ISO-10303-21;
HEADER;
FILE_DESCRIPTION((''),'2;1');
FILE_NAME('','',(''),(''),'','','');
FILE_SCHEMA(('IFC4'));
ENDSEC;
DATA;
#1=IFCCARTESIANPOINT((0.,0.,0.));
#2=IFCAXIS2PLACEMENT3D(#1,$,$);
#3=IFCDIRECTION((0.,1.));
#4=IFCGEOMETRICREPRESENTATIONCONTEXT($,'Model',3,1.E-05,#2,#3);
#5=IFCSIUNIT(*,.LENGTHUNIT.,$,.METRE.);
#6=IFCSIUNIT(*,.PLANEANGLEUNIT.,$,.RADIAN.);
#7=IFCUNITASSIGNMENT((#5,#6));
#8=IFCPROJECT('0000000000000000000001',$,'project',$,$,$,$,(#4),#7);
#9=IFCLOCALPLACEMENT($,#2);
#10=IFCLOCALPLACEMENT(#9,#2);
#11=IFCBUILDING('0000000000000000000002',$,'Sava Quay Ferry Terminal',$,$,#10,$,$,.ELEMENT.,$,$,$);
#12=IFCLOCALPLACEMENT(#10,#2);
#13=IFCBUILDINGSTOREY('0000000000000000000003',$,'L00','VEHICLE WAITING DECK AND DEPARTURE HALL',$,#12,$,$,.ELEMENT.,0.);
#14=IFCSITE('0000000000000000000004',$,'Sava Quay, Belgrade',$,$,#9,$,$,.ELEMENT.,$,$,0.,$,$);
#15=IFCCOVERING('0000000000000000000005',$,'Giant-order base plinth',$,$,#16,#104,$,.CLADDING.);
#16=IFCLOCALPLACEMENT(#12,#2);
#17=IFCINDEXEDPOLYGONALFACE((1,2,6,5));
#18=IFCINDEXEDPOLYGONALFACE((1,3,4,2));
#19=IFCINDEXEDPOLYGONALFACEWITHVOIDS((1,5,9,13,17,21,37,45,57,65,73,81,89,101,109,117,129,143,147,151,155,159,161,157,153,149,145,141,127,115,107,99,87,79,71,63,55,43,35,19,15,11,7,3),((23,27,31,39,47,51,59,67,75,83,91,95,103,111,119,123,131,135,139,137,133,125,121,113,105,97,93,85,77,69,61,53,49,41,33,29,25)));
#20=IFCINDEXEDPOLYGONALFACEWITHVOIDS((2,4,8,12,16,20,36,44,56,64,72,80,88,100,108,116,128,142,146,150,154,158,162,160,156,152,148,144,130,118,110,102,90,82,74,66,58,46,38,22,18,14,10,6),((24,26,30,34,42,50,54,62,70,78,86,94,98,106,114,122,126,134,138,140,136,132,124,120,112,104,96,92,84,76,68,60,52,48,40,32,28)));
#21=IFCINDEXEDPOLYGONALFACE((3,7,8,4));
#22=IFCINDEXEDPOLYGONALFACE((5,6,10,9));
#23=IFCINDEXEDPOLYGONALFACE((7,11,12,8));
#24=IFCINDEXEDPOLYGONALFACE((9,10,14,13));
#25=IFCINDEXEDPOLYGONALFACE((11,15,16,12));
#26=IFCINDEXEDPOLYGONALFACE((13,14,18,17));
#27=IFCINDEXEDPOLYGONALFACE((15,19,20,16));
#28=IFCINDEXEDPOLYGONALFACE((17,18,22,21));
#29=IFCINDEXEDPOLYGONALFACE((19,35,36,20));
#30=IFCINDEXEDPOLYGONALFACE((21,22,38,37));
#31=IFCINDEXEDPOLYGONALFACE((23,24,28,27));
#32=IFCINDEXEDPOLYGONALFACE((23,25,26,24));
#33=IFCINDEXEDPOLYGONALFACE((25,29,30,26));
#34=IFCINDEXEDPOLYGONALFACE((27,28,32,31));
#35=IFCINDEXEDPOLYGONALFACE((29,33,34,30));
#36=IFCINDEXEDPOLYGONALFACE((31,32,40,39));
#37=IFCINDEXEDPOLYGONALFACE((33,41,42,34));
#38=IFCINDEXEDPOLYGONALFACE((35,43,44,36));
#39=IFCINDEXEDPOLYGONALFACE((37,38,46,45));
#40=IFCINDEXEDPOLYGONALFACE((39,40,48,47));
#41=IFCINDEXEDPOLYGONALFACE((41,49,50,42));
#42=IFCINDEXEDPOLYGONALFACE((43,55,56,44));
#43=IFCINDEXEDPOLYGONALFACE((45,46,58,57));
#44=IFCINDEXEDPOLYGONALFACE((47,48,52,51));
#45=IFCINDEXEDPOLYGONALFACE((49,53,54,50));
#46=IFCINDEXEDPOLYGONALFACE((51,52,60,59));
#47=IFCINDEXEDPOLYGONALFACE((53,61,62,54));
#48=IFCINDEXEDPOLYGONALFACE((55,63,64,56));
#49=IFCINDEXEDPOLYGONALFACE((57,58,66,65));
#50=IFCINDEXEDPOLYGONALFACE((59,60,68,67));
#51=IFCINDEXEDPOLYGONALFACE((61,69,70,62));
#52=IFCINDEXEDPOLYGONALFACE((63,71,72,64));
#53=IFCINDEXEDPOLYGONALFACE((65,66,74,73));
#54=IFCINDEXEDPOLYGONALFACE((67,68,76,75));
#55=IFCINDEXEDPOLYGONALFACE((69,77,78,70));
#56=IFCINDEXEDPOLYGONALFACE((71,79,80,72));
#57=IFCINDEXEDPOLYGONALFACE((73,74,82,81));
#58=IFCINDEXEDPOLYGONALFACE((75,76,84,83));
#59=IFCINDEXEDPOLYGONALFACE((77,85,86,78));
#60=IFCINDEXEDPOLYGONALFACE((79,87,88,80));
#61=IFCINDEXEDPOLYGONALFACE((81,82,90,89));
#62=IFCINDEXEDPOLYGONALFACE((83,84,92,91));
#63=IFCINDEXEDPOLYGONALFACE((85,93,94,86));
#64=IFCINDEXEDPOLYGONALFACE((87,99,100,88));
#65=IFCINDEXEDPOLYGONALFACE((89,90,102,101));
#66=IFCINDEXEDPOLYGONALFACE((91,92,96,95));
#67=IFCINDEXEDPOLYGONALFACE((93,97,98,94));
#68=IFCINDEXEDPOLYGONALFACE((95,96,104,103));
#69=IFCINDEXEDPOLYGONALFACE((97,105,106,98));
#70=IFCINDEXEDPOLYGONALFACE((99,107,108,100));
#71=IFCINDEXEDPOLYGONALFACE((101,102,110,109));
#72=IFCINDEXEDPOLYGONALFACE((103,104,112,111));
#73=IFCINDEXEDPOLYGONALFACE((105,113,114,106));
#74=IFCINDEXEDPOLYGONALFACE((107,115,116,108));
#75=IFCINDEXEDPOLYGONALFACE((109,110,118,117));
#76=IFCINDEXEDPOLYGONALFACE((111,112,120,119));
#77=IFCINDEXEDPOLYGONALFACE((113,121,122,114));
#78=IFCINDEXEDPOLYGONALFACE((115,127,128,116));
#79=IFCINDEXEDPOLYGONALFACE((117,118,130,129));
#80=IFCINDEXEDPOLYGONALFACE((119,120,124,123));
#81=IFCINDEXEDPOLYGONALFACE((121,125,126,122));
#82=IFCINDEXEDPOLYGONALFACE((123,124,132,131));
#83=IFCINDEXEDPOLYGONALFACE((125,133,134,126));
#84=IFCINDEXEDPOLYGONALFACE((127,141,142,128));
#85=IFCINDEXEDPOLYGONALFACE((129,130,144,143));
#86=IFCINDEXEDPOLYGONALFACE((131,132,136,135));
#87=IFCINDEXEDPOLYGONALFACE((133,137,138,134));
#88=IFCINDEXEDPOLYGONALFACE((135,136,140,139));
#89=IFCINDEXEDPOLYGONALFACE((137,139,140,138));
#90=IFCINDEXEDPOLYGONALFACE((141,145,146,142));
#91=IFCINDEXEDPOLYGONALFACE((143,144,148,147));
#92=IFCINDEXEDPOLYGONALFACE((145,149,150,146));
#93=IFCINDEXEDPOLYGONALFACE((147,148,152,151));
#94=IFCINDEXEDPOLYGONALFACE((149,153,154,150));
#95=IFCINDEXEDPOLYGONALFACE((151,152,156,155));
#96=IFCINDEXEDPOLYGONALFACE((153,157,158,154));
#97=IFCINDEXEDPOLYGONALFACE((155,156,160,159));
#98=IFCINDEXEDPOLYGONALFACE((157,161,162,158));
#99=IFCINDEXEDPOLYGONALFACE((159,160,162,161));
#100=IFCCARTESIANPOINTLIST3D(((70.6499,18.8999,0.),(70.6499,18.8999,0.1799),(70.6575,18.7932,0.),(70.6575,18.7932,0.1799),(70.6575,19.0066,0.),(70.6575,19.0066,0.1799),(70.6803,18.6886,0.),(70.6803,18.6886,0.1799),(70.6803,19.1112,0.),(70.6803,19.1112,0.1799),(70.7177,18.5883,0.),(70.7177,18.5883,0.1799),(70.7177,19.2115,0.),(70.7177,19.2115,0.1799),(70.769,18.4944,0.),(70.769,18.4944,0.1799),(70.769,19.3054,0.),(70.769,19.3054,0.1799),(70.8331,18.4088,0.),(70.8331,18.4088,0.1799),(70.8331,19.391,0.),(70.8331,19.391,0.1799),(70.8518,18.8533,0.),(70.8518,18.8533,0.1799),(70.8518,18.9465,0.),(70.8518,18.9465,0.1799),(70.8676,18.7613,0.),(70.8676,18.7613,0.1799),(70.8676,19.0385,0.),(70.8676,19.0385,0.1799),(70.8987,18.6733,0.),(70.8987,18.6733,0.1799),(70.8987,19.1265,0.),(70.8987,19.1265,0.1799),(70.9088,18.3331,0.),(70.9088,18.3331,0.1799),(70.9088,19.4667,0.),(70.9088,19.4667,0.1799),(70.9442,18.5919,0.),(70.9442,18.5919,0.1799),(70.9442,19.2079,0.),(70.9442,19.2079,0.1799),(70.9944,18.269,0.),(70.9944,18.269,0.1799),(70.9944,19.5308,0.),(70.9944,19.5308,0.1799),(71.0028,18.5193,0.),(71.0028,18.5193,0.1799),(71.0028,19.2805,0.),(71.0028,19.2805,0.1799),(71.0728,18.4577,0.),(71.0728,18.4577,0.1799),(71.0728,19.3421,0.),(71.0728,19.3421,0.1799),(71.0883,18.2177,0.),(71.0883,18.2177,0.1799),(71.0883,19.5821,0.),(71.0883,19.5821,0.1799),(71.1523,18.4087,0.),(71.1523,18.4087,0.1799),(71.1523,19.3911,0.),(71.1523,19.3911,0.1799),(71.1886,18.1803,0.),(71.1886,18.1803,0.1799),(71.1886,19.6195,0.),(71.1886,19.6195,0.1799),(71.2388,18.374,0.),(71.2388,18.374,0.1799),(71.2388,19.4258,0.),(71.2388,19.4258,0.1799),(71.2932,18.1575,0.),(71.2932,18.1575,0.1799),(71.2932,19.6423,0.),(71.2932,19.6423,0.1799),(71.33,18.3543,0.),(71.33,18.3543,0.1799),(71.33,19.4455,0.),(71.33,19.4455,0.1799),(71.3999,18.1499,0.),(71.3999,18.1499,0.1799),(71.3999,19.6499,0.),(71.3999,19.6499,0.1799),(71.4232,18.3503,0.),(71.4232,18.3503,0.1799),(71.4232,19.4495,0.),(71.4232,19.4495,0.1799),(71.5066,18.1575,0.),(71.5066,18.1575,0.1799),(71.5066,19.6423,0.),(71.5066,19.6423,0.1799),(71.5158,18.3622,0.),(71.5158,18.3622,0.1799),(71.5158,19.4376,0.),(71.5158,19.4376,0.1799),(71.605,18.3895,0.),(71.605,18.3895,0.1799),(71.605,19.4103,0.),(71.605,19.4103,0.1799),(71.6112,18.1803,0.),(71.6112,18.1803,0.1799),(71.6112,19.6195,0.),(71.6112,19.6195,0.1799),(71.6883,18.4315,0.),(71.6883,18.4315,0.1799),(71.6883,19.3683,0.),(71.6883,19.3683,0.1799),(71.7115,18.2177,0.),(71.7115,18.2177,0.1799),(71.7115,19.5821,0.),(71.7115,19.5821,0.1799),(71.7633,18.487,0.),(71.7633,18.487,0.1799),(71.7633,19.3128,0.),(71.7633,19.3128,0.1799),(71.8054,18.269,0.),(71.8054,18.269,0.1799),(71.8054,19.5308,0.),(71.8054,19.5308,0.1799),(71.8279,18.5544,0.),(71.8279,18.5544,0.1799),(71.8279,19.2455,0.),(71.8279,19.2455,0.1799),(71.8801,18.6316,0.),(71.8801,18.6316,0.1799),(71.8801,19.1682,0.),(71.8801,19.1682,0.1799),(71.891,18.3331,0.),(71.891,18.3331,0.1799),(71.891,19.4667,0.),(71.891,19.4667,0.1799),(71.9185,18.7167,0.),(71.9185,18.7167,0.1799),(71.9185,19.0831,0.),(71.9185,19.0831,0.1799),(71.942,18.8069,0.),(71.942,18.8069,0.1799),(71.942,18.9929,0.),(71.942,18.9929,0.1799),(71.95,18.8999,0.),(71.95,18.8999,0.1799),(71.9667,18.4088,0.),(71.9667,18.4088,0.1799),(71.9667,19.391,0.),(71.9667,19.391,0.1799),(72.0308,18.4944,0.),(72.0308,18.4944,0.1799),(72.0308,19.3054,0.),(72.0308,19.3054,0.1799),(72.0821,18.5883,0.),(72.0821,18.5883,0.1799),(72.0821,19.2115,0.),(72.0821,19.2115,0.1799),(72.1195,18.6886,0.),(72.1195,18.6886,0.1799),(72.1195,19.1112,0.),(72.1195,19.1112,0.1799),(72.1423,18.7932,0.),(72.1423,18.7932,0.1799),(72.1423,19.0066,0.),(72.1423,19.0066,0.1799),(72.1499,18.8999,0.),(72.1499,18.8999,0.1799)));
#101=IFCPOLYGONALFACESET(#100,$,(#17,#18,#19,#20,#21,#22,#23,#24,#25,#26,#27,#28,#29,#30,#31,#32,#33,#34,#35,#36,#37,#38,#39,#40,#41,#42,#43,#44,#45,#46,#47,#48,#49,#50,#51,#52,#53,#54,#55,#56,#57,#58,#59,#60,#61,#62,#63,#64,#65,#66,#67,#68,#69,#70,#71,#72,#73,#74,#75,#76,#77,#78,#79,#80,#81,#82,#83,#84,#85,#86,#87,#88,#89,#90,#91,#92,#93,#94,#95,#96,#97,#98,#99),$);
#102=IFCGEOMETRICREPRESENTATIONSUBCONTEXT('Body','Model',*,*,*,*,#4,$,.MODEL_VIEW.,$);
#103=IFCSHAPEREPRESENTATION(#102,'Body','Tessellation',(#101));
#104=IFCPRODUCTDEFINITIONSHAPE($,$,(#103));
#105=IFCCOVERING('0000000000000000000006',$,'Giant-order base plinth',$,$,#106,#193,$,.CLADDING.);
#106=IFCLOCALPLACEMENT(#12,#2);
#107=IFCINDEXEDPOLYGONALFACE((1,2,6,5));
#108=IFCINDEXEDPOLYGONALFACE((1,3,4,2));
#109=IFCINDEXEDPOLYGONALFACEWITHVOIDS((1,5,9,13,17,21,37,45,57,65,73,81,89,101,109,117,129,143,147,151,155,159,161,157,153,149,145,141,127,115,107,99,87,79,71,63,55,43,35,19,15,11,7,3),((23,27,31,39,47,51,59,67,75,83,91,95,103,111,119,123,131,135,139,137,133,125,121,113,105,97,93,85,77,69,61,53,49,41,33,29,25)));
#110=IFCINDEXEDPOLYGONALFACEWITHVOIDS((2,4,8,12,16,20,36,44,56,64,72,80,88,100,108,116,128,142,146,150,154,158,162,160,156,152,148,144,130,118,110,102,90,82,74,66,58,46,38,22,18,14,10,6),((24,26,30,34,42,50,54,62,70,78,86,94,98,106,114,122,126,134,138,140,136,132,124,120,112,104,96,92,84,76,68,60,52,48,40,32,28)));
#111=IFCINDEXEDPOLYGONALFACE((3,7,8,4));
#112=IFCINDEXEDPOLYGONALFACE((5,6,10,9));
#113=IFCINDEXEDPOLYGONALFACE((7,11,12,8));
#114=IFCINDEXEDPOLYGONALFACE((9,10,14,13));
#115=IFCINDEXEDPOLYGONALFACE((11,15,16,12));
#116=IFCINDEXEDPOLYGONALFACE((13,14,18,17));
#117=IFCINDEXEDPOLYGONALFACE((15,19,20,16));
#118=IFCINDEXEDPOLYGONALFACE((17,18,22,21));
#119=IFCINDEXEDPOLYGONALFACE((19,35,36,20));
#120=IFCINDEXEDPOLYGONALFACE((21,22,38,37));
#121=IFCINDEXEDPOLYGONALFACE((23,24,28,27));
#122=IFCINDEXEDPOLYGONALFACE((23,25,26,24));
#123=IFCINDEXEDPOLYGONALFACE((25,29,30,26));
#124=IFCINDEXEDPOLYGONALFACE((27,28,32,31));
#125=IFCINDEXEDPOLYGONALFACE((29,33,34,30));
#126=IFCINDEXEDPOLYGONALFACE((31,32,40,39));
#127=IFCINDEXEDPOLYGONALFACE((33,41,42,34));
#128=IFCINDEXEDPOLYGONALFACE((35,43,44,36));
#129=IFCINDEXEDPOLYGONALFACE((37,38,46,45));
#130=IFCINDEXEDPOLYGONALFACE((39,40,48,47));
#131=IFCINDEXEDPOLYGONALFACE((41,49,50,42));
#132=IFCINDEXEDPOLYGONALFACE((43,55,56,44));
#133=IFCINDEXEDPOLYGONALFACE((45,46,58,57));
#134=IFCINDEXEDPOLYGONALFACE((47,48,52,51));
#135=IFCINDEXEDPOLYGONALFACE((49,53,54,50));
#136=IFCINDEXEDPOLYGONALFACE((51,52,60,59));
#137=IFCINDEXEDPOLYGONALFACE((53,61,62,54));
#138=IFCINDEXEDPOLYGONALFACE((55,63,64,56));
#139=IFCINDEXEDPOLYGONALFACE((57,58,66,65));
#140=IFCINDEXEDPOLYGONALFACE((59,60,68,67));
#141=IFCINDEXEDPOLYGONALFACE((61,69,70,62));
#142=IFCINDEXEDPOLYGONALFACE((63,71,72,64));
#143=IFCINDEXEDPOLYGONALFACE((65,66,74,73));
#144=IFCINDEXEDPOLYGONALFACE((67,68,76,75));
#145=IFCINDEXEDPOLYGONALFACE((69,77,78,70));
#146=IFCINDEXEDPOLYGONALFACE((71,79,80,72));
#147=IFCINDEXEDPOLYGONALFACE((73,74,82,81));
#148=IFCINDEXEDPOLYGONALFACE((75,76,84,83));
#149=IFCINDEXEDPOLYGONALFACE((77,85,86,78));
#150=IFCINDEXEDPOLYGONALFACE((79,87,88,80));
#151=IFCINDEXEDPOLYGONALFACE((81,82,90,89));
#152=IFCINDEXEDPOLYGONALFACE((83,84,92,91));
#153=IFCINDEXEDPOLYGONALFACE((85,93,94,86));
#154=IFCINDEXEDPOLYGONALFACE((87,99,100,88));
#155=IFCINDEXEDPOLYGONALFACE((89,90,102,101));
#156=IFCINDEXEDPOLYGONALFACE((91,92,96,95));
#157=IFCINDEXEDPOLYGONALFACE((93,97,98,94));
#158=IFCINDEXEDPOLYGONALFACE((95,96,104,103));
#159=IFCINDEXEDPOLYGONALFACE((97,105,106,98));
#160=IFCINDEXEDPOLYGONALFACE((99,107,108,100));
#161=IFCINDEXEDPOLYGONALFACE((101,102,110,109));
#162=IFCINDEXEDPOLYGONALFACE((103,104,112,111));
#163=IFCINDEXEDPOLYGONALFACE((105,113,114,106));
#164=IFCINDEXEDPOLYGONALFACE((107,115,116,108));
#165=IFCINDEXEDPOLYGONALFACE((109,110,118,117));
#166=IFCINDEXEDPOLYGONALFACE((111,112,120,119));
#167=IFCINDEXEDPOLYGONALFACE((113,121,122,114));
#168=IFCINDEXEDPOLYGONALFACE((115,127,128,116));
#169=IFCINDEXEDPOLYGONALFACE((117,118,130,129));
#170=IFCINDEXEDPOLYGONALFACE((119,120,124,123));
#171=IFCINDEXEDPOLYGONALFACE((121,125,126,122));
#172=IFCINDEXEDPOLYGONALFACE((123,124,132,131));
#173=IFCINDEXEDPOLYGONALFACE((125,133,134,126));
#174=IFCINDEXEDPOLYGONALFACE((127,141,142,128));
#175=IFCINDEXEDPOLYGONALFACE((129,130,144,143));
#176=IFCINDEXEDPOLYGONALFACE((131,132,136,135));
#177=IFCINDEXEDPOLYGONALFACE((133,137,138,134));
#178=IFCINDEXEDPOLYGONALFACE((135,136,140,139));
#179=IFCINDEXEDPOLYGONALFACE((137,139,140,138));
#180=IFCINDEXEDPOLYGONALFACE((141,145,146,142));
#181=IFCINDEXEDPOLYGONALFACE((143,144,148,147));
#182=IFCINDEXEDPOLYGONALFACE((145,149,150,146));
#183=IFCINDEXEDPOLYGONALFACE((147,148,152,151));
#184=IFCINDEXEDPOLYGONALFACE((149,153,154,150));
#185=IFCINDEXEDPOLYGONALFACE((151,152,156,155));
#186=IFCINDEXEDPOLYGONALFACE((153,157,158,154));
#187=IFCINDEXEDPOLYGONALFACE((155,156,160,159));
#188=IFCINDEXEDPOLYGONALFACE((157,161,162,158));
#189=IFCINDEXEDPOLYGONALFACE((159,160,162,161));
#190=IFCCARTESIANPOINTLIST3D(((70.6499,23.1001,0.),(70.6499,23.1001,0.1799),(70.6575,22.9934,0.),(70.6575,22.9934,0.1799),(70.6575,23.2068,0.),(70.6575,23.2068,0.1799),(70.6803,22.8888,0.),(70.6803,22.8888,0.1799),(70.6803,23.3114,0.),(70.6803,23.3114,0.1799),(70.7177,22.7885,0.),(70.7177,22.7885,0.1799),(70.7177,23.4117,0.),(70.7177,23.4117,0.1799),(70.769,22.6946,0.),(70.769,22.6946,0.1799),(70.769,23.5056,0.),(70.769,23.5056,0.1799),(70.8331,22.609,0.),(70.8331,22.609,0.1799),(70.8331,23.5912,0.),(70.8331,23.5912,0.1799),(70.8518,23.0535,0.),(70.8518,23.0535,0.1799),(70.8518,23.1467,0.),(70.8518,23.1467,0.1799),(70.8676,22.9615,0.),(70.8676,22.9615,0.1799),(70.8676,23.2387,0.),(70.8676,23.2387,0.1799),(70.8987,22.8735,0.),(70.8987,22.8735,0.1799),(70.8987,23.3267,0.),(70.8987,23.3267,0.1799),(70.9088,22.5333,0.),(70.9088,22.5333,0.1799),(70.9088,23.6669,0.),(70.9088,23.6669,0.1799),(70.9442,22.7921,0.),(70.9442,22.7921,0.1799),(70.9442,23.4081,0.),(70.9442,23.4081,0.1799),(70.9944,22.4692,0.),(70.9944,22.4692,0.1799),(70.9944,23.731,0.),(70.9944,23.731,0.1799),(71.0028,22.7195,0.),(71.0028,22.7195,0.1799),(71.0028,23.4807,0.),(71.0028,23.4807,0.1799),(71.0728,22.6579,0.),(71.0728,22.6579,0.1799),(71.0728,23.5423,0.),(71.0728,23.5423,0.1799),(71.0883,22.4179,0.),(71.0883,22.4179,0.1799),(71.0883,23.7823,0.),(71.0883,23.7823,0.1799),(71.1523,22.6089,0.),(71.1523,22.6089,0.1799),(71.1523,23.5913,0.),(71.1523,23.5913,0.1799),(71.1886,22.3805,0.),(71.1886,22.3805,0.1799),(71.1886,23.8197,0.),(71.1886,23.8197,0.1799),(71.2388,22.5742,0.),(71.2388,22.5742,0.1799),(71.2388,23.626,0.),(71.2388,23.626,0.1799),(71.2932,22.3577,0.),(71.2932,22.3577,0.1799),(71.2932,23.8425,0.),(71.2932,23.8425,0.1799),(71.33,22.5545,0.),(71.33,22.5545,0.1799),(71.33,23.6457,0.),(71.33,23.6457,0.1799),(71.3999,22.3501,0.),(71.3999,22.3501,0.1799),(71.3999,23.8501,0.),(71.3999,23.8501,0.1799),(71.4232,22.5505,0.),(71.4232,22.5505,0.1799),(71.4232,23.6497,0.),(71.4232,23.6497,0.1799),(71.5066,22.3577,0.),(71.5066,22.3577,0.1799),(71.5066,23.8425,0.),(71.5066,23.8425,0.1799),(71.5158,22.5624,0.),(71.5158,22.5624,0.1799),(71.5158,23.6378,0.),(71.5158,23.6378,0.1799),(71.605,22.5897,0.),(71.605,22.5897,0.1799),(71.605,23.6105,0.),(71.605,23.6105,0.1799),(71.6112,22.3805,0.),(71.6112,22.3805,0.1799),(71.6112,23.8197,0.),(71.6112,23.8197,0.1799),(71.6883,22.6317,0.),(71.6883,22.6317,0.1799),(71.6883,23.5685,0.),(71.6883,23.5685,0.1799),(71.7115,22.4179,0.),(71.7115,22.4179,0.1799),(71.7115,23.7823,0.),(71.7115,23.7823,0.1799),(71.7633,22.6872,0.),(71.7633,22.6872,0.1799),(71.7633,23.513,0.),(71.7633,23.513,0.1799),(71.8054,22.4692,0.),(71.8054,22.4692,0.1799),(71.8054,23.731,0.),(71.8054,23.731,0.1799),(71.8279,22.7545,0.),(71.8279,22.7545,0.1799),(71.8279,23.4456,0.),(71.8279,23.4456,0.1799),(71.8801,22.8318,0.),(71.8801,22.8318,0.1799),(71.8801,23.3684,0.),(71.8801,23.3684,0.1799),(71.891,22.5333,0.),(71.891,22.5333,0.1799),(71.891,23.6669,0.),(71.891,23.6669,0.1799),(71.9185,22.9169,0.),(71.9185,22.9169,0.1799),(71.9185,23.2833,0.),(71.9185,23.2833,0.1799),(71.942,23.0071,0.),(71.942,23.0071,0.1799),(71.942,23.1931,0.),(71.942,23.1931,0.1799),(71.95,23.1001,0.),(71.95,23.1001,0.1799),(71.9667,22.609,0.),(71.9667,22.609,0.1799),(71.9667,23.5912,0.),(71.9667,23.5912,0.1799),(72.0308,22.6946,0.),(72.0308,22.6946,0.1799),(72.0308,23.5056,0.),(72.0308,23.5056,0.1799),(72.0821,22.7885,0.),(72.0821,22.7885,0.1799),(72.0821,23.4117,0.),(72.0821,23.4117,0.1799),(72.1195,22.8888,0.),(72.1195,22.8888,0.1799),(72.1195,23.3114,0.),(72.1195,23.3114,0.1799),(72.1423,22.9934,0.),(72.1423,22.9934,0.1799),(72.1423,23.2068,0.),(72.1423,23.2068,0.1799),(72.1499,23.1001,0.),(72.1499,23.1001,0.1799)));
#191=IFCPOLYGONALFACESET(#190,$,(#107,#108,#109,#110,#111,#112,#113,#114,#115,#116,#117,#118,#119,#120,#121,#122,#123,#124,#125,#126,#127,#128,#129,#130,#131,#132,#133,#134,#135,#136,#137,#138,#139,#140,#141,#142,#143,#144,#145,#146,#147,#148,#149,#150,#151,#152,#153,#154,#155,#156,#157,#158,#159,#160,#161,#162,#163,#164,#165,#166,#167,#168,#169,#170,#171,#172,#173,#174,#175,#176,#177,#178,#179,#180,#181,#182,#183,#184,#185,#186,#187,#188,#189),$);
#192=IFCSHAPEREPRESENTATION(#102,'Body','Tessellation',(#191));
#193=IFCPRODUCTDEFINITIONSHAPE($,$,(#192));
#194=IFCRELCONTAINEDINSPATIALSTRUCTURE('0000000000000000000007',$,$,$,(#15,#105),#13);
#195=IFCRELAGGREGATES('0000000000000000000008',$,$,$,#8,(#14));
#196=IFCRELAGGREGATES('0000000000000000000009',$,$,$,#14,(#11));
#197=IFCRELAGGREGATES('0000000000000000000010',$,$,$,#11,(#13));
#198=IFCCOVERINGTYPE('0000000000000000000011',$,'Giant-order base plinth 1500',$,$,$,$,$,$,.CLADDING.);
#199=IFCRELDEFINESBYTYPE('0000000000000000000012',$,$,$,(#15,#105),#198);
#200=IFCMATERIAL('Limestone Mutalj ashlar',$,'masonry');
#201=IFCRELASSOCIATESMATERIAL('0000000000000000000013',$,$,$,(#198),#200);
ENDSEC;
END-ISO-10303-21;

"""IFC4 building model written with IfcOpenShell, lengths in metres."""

from ifc_helpers import new_model, si_unit, direction, frame, origin, origin_2d, place, context, subcontext, project, spatial, hollow_circle, extrude, material, material_profile, profile_set, type_object, element, save


model = new_model("IFC4")

# Units and contexts
model_context = context("Model", 3, precision=1e-05, world=origin(), true_north=direction((0.0, 1.0)))
body_context = subcontext(model_context, "Body", "Model", "MODEL_VIEW")
ifc_project = project(units=[si_unit("LENGTHUNIT", "METRE"), si_unit("PLANEANGLEUNIT", "RADIAN")], contexts=[model_context])

# Site, building, storey
site_placement = place(None, origin())
site = spatial("IfcSite", under=ifc_project, at=site_placement, Name="Sava Quay, Belgrade", CompositionType="ELEMENT", RefElevation=0.0)
building_placement = place(site_placement, origin())
building = spatial("IfcBuilding", under=site, at=building_placement, Name="Sava Quay Ferry Terminal", CompositionType="ELEMENT")
storey_placement = place(building_placement, origin())
storey = spatial("IfcBuildingStorey", under=building, at=storey_placement, Name="L00", Description="VEHICLE WAITING DECK AND DEPARTURE HALL", CompositionType="ELEMENT", Elevation=0.0)

# Coverings
ifc_material_1 = material(Name="Limestone Mutalj ashlar", Category="masonry")
ifc_material_profile_1 = material_profile(ifc_material_1, hollow_circle(Radius=0.75, WallThickness=0.2, at=origin_2d()), Name="Base plinth 1500")
ifc_profile_set_1 = profile_set([ifc_material_profile_1], Name="Limestone Mutalj ashlar")
covering_type_1 = type_object("IfcCoveringType", Name="Giant-order base plinth 1500", PredefinedType="CLADDING", material=ifc_profile_set_1)
for number, where, z_axis, x_axis, name in (
    (1, (71.3999, 18.8999, 0.0), (0.0, 0.0, 1.0), (1.0, 0.0, 0.0), "Giant-order base plinth"),
    (2, (71.3999, 23.1001, 0.0), (0.0, 0.0, 1.0), (1.0, 0.0, 0.0), "Giant-order base plinth"),
):
    element("IfcCovering", number, at=place(storey_placement, frame(where, z_axis=z_axis, x_axis=x_axis)), inside=storey, type_object=covering_type_1, Name=name, PredefinedType="CLADDING", context=body_context, shape_type="SweptSolid", body=[
        extrude(hollow_circle(Radius=0.75, WallThickness=0.2, at=origin_2d()), origin(), (0.0, 0.0, 1.0), 0.1799),
    ])

save(model, "model.ifc")
